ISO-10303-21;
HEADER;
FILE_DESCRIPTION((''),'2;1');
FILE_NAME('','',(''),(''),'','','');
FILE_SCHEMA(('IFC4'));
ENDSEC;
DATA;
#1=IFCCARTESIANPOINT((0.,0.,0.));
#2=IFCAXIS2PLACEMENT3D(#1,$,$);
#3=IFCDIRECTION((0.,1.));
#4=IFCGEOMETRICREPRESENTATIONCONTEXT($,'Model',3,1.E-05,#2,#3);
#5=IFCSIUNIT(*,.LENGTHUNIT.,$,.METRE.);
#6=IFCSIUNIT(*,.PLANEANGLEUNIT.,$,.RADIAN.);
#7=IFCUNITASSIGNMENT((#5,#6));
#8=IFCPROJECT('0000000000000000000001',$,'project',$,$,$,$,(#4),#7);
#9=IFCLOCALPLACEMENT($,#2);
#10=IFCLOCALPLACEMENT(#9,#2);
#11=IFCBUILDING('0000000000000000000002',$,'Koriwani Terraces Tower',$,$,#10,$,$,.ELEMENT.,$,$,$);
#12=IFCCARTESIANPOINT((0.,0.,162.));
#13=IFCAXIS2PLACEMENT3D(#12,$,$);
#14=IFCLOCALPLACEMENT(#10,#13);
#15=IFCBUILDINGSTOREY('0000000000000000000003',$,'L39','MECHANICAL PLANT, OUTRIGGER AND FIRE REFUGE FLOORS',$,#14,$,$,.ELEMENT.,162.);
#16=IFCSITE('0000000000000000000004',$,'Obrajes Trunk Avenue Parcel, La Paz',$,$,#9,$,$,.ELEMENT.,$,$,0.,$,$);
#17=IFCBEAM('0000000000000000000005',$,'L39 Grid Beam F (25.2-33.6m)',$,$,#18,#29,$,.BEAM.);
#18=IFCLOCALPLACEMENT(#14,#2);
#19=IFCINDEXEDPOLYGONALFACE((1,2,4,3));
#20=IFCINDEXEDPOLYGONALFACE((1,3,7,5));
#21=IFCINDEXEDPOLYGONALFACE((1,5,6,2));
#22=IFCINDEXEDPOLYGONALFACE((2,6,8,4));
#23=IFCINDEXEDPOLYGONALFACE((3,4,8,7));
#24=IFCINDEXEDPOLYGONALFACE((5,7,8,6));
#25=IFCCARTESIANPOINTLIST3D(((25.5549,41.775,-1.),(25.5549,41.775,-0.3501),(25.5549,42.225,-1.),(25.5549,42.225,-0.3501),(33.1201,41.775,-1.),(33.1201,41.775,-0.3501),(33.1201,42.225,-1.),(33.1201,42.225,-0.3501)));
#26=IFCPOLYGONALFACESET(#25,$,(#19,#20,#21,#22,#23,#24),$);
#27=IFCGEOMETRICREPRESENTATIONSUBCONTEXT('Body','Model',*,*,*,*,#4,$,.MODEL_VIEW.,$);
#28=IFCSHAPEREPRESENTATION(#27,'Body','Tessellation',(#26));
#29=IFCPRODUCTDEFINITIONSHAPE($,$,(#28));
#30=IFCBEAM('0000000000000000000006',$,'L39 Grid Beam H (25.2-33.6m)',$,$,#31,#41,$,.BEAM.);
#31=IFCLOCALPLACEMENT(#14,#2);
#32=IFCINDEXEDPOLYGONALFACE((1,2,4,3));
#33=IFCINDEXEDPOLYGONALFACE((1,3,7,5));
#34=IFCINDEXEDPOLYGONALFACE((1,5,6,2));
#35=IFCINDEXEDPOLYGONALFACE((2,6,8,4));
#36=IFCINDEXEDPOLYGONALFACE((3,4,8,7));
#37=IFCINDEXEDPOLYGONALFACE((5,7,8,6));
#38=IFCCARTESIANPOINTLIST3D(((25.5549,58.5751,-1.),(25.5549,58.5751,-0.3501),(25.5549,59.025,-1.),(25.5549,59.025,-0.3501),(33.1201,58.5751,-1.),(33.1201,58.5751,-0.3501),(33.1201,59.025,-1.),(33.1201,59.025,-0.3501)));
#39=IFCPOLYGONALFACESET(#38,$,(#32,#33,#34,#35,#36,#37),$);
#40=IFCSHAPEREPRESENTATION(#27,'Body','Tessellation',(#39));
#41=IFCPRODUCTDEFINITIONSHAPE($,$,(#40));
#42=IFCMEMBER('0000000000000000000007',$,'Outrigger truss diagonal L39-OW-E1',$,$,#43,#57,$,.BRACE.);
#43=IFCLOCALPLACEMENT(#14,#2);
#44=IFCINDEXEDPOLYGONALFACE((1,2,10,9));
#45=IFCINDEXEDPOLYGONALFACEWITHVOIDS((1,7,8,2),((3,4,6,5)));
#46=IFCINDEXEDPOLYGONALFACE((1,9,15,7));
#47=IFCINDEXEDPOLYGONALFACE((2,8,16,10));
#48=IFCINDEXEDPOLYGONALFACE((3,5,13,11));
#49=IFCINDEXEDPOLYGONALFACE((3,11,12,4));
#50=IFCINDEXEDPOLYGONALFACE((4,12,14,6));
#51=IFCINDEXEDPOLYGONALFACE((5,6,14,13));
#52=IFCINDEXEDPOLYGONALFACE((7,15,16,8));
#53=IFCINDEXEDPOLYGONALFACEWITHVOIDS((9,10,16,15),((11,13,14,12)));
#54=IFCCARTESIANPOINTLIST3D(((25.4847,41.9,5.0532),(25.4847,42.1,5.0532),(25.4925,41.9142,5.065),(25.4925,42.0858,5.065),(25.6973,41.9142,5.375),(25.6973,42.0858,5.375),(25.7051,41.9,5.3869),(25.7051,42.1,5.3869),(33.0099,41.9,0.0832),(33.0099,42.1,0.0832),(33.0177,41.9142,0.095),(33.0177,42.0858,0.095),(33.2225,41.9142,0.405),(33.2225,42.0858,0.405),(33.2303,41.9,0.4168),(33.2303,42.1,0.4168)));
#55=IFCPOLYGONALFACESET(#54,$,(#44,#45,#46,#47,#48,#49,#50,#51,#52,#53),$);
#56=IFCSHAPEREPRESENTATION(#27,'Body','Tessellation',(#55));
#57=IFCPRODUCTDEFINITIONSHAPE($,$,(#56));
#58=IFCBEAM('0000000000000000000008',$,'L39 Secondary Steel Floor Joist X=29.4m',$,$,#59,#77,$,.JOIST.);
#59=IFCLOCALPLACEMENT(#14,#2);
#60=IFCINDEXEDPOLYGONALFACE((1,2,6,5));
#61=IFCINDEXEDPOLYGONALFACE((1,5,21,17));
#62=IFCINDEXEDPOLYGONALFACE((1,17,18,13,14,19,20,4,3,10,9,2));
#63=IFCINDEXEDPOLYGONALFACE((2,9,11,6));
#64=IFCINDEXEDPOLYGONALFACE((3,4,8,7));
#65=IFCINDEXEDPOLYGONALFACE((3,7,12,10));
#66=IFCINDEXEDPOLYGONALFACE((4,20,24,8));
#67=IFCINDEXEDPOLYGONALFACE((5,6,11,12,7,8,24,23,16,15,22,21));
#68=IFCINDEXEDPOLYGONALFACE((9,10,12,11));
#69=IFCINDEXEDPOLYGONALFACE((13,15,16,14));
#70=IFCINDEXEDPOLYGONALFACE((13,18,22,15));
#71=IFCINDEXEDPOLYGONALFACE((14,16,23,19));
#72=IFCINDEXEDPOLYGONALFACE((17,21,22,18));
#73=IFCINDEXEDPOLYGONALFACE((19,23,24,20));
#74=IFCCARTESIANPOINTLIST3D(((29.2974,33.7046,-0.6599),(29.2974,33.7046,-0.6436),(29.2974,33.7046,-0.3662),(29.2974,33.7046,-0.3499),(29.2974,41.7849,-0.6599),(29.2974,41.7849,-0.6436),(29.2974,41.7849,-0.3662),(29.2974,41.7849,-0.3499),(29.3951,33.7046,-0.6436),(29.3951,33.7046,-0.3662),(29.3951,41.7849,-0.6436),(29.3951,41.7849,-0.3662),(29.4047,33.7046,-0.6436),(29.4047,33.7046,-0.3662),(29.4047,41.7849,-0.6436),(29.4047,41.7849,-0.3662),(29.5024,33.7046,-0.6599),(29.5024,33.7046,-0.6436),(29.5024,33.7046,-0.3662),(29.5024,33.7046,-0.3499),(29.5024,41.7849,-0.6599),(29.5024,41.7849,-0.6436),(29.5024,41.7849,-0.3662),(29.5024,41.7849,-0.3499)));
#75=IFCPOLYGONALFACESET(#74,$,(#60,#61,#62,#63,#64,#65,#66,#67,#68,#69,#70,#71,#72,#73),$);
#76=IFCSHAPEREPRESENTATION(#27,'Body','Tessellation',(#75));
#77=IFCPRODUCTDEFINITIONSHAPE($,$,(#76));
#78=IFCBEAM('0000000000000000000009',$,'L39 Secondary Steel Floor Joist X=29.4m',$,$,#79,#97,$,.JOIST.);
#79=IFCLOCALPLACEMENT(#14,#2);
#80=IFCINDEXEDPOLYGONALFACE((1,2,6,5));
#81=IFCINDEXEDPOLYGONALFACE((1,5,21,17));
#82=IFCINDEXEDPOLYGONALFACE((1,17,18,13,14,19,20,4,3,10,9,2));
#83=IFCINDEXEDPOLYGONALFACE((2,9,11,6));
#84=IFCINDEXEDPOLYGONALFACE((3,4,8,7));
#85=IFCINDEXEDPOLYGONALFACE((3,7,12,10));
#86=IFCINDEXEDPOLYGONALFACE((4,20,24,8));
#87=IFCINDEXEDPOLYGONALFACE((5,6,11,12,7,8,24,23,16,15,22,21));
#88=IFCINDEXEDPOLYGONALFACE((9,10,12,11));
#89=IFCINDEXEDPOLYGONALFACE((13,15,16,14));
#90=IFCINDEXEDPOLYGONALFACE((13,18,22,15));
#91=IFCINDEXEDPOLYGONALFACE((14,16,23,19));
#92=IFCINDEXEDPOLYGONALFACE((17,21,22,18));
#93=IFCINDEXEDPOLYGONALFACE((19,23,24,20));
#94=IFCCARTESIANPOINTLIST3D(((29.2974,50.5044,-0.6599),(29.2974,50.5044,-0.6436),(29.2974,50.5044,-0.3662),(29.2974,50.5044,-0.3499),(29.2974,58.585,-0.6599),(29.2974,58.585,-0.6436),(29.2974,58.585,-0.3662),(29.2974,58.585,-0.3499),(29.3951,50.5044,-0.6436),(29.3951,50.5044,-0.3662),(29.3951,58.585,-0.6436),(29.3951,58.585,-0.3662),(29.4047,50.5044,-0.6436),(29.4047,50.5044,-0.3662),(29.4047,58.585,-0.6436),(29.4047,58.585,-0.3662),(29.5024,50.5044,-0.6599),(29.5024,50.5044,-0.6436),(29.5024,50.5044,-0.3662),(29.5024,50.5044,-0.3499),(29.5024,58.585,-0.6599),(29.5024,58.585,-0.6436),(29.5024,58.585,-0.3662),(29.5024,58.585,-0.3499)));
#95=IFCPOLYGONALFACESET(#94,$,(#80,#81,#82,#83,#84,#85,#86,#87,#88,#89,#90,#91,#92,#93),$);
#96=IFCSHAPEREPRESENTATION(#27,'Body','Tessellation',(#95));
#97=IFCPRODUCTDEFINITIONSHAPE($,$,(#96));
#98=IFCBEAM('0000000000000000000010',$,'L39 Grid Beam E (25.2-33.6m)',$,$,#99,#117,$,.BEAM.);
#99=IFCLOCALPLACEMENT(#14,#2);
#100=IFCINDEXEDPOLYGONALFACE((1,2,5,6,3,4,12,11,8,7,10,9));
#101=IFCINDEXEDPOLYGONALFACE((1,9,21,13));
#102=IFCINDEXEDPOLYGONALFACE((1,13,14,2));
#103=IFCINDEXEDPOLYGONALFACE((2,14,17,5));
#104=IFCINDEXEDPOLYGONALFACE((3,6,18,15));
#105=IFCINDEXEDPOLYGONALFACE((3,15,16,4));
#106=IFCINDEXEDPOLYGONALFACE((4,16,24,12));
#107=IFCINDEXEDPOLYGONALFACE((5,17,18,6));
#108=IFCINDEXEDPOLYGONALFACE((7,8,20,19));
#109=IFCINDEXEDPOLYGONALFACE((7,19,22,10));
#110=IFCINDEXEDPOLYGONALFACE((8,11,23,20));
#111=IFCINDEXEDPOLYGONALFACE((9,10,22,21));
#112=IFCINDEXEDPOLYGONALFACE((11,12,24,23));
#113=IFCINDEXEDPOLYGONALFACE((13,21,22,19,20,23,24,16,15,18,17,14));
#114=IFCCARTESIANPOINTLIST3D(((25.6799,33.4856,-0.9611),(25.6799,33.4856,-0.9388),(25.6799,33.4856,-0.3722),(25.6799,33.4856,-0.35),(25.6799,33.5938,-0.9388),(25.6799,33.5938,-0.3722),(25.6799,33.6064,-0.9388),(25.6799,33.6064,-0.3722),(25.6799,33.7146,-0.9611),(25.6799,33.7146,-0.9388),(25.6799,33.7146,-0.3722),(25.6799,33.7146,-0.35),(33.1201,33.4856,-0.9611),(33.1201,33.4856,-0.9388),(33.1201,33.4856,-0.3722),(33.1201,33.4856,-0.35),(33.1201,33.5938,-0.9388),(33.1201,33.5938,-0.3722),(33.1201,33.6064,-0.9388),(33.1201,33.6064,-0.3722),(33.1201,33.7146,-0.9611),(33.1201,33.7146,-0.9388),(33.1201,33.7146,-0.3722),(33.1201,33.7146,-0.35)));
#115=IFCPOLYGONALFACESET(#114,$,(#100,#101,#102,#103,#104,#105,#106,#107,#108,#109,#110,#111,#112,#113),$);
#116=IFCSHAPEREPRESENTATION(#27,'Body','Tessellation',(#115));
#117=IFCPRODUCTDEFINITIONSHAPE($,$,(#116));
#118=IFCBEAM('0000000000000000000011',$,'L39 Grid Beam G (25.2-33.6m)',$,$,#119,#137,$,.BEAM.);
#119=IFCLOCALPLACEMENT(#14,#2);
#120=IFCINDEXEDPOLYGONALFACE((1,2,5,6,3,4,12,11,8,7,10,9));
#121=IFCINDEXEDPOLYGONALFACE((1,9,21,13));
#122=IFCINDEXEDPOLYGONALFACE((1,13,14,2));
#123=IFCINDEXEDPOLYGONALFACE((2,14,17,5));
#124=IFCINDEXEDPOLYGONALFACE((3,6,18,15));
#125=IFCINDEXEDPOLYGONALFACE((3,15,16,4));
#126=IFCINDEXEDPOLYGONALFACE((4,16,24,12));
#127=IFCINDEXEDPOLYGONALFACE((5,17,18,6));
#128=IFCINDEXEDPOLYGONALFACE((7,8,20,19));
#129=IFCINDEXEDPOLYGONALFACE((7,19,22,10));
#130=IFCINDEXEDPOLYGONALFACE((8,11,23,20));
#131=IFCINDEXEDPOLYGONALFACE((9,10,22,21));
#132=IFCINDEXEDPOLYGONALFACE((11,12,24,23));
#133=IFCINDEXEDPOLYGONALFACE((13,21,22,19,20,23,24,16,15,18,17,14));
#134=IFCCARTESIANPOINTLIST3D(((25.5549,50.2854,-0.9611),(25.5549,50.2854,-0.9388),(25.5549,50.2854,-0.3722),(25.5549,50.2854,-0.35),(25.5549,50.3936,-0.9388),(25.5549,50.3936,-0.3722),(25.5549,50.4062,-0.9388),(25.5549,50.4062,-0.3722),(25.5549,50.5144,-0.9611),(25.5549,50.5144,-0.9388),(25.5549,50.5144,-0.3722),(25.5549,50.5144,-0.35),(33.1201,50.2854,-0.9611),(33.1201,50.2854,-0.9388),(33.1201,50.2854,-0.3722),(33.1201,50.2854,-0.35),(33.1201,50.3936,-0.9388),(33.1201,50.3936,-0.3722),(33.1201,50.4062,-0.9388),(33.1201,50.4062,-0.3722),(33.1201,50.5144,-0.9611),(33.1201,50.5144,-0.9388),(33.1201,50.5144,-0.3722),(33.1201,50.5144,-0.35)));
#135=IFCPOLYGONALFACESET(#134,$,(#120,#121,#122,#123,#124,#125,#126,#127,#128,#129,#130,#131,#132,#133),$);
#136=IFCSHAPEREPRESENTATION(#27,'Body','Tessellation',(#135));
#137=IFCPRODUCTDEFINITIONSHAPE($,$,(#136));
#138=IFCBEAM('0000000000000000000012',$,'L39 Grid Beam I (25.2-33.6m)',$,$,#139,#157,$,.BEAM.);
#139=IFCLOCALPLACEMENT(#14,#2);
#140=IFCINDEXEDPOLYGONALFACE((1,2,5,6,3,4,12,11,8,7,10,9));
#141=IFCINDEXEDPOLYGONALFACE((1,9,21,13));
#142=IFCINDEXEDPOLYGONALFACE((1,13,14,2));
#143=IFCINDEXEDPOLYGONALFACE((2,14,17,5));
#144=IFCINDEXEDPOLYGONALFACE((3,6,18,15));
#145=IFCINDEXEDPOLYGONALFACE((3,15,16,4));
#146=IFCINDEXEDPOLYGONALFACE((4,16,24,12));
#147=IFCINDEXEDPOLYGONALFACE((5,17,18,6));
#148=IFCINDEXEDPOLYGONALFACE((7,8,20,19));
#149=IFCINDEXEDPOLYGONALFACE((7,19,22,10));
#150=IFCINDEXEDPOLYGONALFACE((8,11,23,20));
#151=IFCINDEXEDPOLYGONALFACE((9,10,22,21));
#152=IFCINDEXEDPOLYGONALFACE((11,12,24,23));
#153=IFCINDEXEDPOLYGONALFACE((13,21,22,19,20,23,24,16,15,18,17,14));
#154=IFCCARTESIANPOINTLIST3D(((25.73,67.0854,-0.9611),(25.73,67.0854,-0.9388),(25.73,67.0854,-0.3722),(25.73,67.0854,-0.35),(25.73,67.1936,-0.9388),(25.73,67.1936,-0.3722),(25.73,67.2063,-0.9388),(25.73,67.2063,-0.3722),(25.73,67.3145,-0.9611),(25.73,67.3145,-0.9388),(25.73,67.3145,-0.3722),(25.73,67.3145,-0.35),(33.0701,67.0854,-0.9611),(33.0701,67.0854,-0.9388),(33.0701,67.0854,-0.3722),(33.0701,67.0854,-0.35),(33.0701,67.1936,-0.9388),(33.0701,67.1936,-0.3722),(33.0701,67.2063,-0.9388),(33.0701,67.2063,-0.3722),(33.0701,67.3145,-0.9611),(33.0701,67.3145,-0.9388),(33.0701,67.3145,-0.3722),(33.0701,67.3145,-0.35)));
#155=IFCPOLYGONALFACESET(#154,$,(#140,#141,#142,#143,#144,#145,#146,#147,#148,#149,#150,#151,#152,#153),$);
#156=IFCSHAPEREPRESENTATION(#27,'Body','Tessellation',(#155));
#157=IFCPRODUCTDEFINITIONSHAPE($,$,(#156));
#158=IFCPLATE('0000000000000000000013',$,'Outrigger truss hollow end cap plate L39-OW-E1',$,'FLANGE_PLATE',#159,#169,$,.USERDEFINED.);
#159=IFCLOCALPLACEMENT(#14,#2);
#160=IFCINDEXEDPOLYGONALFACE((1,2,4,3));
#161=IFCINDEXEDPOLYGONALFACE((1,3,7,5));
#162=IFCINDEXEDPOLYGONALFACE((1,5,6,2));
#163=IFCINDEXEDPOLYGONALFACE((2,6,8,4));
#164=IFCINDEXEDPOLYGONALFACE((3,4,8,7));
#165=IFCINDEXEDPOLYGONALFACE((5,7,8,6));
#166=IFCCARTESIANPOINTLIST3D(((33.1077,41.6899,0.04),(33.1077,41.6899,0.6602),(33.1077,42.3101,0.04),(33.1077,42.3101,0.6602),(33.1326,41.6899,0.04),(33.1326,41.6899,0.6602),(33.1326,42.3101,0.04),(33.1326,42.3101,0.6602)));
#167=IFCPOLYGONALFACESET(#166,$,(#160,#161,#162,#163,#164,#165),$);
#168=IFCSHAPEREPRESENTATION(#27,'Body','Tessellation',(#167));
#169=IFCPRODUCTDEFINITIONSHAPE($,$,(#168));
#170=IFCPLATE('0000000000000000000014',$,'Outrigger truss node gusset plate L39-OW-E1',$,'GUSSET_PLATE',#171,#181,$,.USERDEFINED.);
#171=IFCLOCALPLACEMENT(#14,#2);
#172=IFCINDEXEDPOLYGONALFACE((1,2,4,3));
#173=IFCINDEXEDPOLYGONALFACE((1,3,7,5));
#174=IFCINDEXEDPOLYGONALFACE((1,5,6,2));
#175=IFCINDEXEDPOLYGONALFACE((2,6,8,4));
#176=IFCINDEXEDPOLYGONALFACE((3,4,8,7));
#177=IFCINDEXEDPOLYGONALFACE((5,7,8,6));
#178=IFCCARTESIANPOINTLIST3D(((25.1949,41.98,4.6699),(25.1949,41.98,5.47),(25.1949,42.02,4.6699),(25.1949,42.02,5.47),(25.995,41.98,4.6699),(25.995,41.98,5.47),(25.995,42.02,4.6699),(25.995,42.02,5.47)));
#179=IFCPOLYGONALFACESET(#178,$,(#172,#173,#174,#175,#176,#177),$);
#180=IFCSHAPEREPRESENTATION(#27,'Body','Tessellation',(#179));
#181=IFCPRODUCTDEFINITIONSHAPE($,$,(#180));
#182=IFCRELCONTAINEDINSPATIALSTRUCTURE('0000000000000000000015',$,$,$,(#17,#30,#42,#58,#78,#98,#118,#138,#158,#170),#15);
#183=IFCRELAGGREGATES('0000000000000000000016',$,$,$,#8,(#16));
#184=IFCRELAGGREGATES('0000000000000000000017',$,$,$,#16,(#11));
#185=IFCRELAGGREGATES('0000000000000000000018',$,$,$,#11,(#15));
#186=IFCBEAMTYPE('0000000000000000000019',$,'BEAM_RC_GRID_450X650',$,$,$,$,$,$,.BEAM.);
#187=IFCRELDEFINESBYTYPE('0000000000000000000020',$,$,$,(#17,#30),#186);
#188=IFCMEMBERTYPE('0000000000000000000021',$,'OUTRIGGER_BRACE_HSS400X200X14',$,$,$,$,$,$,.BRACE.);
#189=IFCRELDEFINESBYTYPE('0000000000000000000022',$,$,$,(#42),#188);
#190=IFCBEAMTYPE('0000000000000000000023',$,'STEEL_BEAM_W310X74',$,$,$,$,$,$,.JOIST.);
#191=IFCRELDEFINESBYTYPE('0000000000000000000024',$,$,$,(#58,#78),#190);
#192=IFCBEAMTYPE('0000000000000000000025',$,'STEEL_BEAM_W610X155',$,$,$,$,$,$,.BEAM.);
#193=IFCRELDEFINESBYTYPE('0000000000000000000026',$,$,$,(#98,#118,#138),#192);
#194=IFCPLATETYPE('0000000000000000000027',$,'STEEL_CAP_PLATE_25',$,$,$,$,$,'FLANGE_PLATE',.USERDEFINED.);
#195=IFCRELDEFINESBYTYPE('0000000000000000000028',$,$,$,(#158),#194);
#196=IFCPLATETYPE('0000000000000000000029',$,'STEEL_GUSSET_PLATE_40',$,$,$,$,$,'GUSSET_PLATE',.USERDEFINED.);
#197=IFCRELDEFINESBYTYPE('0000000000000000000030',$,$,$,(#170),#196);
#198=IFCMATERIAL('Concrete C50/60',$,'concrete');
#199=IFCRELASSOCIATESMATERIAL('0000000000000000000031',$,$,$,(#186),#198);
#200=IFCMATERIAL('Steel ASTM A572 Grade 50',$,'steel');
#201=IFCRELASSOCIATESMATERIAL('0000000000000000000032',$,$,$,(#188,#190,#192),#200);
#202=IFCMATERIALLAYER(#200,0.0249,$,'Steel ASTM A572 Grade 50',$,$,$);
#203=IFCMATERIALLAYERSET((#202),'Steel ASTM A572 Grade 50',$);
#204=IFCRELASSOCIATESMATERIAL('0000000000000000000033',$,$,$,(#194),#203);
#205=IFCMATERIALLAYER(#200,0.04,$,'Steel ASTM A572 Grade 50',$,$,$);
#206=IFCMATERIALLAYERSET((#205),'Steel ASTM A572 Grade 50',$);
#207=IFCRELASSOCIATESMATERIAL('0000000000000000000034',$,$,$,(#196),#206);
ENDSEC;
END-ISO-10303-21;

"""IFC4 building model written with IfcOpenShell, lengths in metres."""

from ifc_helpers import new_model, si_unit, direction, frame, origin, origin_2d, place, context, subcontext, project, spatial, rectangle, hollow_rectangle, i_section, extrude, material, layer, layer_set, material_profile, profile_set, type_object, element, save


model = new_model("IFC4")

# Units and contexts
model_context = context("Model", 3, precision=1e-05, world=origin(), true_north=direction((0.0, 1.0)))
body_context = subcontext(model_context, "Body", "Model", "MODEL_VIEW")
ifc_project = project(units=[si_unit("LENGTHUNIT", "METRE"), si_unit("PLANEANGLEUNIT", "RADIAN")], contexts=[model_context])

# Site, building, storey
site_placement = place(None, origin())
site = spatial("IfcSite", under=ifc_project, at=site_placement, Name="Obrajes Trunk Avenue Parcel, La Paz", CompositionType="ELEMENT", RefElevation=0.0)
building_placement = place(site_placement, origin())
building = spatial("IfcBuilding", under=site, at=building_placement, Name="Koriwani Terraces Tower", CompositionType="ELEMENT")
storey_placement = place(building_placement, frame((0.0, 0.0, 162.0)))
storey = spatial("IfcBuildingStorey", under=building, at=storey_placement, Name="L39", Description="MECHANICAL PLANT, OUTRIGGER AND FIRE REFUGE FLOORS", CompositionType="ELEMENT", Elevation=162.0)

# Beams
ifc_material_1 = material(Name="Concrete C50/60", Category="concrete")
ifc_material_profile_1 = material_profile(ifc_material_1, rectangle(XDim=0.45, YDim=0.6499, at=origin_2d()), Name="Concrete C50/60", Category="LoadBearing")
ifc_profile_set_1 = profile_set([ifc_material_profile_1], Name="Concrete C50/60")
beam_type_1 = type_object("IfcBeamType", Name="BEAM_RC_GRID_450X650", PredefinedType="BEAM", material=ifc_profile_set_1)
for number, where, z_axis, x_axis, name in (
    (1, (25.5549, 42.0, -0.675), (1.0, 0.0, 0.0), (0.0, 1.0, 0.0), "L39 Grid Beam F (25.2-33.6m)"),
    (2, (25.5549, 58.8, -0.675), (1.0, 0.0, 0.0), (0.0, 1.0, 0.0), "L39 Grid Beam H (25.2-33.6m)"),
):
    element("IfcBeam", number, at=place(storey_placement, frame(where, z_axis=z_axis, x_axis=x_axis)), inside=storey, type_object=beam_type_1, Name=name, PredefinedType="BEAM", context=body_context, shape_type="SweptSolid", body=[
        extrude(rectangle(XDim=0.45, YDim=0.6499, at=origin_2d()), origin(), (0.0, 0.0, 1.0), 7.5652),
    ])

# Member
ifc_material_2 = material(Name="Steel ASTM A572 Grade 50", Category="steel")
ifc_material_profile_2 = material_profile(ifc_material_2, hollow_rectangle(XDim=0.2, YDim=0.3999, WallThickness=0.0142, at=origin_2d()), Name="Steel ASTM A572 Grade 50", Category="LoadBearing")
ifc_profile_set_2 = profile_set([ifc_material_profile_2], Name="Steel ASTM A572 Grade 50")
member_type = type_object("IfcMemberType", Name="OUTRIGGER_BRACE_HSS400X200X14", PredefinedType="BRACE", material=ifc_profile_set_2)
member_placement = place(storey_placement, frame((33.1201, 42.0, 0.25), z_axis=(-0.834437, 0.0, 0.551103), x_axis=(0.0, -1.0, 0.0)))
element("IfcMember", 3, at=member_placement, inside=storey, type_object=member_type, Name="Outrigger truss diagonal L39-OW-E1", PredefinedType="BRACE", context=body_context, shape_type="SweptSolid", body=[
    extrude(hollow_rectangle(XDim=0.2, YDim=0.3999, WallThickness=0.0142, at=origin_2d()), origin(), (0.0, 0.0, 1.0), 9.0183),
])

# Beams
ifc_material_profile_3 = material_profile(ifc_material_2, i_section(OverallWidth=0.2051, OverallDepth=0.3101, WebThickness=0.0095, FlangeThickness=0.0164, at=origin_2d()), Name="Steel ASTM A572 Grade 50", Category="LoadBearing")
ifc_profile_set_3 = profile_set([ifc_material_profile_3], Name="Steel ASTM A572 Grade 50")
beam_type_2 = type_object("IfcBeamType", Name="STEEL_BEAM_W310X74", PredefinedType="JOIST", material=ifc_profile_set_3)
beam_1_placement = place(storey_placement, frame((29.3999, 33.7046, -0.5049), z_axis=(0.0, 1.0, 0.0), x_axis=(-1.0, 0.0, 0.0)))
element("IfcBeam", 4, at=beam_1_placement, inside=storey, type_object=beam_type_2, Name="L39 Secondary Steel Floor Joist X=29.4m", PredefinedType="JOIST", context=body_context, shape_type="SweptSolid", body=[
    extrude(i_section(OverallWidth=0.2051, OverallDepth=0.3101, WebThickness=0.0095, FlangeThickness=0.0164, at=origin_2d()), origin(), (0.0, 0.0, 1.0), 8.0803),
])
beam_2_placement = place(storey_placement, frame((29.3999, 50.5044, -0.5049), z_axis=(0.0, 1.0, 0.0), x_axis=(-1.0, 0.0, 0.0)))
element("IfcBeam", 5, at=beam_2_placement, inside=storey, type_object=beam_type_2, Name="L39 Secondary Steel Floor Joist X=29.4m", PredefinedType="JOIST", context=body_context, shape_type="SweptSolid", body=[
    extrude(i_section(OverallWidth=0.2051, OverallDepth=0.3101, WebThickness=0.0095, FlangeThickness=0.0164, at=origin_2d()), origin(), (0.0, 0.0, 1.0), 8.0806),
])
ifc_material_profile_4 = material_profile(ifc_material_2, i_section(OverallWidth=0.229, OverallDepth=0.6111, WebThickness=0.0127, FlangeThickness=0.0222, at=origin_2d()), Name="Steel ASTM A572 Grade 50", Category="LoadBearing")
ifc_profile_set_4 = profile_set([ifc_material_profile_4], Name="Steel ASTM A572 Grade 50")
beam_type_3 = type_object("IfcBeamType", Name="STEEL_BEAM_W610X155", PredefinedType="BEAM", material=ifc_profile_set_4)
beam_3_placement = place(storey_placement, frame((25.6799, 33.6001, -0.6555), z_axis=(1.0, 0.0, 0.0), x_axis=(0.0, 1.0, 0.0)))
element("IfcBeam", 6, at=beam_3_placement, inside=storey, type_object=beam_type_3, Name="L39 Grid Beam E (25.2-33.6m)", PredefinedType="BEAM", context=body_context, shape_type="SweptSolid", body=[
    extrude(i_section(OverallWidth=0.229, OverallDepth=0.6111, WebThickness=0.0127, FlangeThickness=0.0222, at=origin_2d()), origin(), (0.0, 0.0, 1.0), 7.4402),
])
beam_4_placement = place(storey_placement, frame((25.5549, 50.3999, -0.6555), z_axis=(1.0, 0.0, 0.0), x_axis=(0.0, 1.0, 0.0)))
element("IfcBeam", 7, at=beam_4_placement, inside=storey, type_object=beam_type_3, Name="L39 Grid Beam G (25.2-33.6m)", PredefinedType="BEAM", context=body_context, shape_type="SweptSolid", body=[
    extrude(i_section(OverallWidth=0.229, OverallDepth=0.6111, WebThickness=0.0127, FlangeThickness=0.0222, at=origin_2d()), origin(), (0.0, 0.0, 1.0), 7.5652),
])
beam_5_placement = place(storey_placement, frame((25.73, 67.2, -0.6555), z_axis=(1.0, 0.0, 0.0), x_axis=(0.0, 1.0, 0.0)))
element("IfcBeam", 8, at=beam_5_placement, inside=storey, type_object=beam_type_3, Name="L39 Grid Beam I (25.2-33.6m)", PredefinedType="BEAM", context=body_context, shape_type="SweptSolid", body=[
    extrude(i_section(OverallWidth=0.229, OverallDepth=0.6111, WebThickness=0.0127, FlangeThickness=0.0222, at=origin_2d()), origin(), (0.0, 0.0, 1.0), 7.3401),
])

# Plates
ifc_layer_1 = layer(ifc_material_2, 0.0249, Name="Steel ASTM A572 Grade 50")
ifc_layer_set_1 = layer_set([ifc_layer_1], Name="Steel ASTM A572 Grade 50")
plate_type_1 = type_object("IfcPlateType", Name="STEEL_CAP_PLATE_25", ElementType="FLANGE_PLATE", PredefinedType="USERDEFINED", material=ifc_layer_set_1)
plate_placement = place(storey_placement, frame((33.1201, 42.0, 0.04), z_axis=(0.0, 0.0, 1.0), x_axis=(-1.0, 0.0, 0.0)))
element("IfcPlate", 9, at=plate_placement, inside=storey, type_object=plate_type_1, Name="Outrigger truss hollow end cap plate L39-OW-E1", ObjectType="FLANGE_PLATE", PredefinedType="USERDEFINED", context=body_context, shape_type="SweptSolid", body=[
    extrude(rectangle(XDim=0.0249, YDim=0.6201, at=origin_2d()), origin(), (0.0, 0.0, 1.0), 0.6201),
])
ifc_layer_2 = layer(ifc_material_2, 0.04, Name="Steel ASTM A572 Grade 50")
ifc_layer_set_2 = layer_set([ifc_layer_2], Name="Steel ASTM A572 Grade 50")
plate_type_2 = type_object("IfcPlateType", Name="STEEL_GUSSET_PLATE_40", ElementType="GUSSET_PLATE", PredefinedType="USERDEFINED", material=ifc_layer_set_2)
for number, where, z_axis, x_axis, name in (
    (10, (25.595, 42.0, 4.6699), (0.0, 0.0, 1.0), (-1.0, 0.0, 0.0), "Outrigger truss node gusset plate L39-OW-E1"),
):
    element("IfcPlate", number, at=place(storey_placement, frame(where, z_axis=z_axis, x_axis=x_axis)), inside=storey, type_object=plate_type_2, Name=name, ObjectType="GUSSET_PLATE", PredefinedType="USERDEFINED", context=body_context, shape_type="SweptSolid", body=[
        extrude(rectangle(XDim=0.8, YDim=0.04, at=origin_2d()), origin(), (0.0, 0.0, 1.0), 0.8),
    ])

save(model, "model.ifc")
